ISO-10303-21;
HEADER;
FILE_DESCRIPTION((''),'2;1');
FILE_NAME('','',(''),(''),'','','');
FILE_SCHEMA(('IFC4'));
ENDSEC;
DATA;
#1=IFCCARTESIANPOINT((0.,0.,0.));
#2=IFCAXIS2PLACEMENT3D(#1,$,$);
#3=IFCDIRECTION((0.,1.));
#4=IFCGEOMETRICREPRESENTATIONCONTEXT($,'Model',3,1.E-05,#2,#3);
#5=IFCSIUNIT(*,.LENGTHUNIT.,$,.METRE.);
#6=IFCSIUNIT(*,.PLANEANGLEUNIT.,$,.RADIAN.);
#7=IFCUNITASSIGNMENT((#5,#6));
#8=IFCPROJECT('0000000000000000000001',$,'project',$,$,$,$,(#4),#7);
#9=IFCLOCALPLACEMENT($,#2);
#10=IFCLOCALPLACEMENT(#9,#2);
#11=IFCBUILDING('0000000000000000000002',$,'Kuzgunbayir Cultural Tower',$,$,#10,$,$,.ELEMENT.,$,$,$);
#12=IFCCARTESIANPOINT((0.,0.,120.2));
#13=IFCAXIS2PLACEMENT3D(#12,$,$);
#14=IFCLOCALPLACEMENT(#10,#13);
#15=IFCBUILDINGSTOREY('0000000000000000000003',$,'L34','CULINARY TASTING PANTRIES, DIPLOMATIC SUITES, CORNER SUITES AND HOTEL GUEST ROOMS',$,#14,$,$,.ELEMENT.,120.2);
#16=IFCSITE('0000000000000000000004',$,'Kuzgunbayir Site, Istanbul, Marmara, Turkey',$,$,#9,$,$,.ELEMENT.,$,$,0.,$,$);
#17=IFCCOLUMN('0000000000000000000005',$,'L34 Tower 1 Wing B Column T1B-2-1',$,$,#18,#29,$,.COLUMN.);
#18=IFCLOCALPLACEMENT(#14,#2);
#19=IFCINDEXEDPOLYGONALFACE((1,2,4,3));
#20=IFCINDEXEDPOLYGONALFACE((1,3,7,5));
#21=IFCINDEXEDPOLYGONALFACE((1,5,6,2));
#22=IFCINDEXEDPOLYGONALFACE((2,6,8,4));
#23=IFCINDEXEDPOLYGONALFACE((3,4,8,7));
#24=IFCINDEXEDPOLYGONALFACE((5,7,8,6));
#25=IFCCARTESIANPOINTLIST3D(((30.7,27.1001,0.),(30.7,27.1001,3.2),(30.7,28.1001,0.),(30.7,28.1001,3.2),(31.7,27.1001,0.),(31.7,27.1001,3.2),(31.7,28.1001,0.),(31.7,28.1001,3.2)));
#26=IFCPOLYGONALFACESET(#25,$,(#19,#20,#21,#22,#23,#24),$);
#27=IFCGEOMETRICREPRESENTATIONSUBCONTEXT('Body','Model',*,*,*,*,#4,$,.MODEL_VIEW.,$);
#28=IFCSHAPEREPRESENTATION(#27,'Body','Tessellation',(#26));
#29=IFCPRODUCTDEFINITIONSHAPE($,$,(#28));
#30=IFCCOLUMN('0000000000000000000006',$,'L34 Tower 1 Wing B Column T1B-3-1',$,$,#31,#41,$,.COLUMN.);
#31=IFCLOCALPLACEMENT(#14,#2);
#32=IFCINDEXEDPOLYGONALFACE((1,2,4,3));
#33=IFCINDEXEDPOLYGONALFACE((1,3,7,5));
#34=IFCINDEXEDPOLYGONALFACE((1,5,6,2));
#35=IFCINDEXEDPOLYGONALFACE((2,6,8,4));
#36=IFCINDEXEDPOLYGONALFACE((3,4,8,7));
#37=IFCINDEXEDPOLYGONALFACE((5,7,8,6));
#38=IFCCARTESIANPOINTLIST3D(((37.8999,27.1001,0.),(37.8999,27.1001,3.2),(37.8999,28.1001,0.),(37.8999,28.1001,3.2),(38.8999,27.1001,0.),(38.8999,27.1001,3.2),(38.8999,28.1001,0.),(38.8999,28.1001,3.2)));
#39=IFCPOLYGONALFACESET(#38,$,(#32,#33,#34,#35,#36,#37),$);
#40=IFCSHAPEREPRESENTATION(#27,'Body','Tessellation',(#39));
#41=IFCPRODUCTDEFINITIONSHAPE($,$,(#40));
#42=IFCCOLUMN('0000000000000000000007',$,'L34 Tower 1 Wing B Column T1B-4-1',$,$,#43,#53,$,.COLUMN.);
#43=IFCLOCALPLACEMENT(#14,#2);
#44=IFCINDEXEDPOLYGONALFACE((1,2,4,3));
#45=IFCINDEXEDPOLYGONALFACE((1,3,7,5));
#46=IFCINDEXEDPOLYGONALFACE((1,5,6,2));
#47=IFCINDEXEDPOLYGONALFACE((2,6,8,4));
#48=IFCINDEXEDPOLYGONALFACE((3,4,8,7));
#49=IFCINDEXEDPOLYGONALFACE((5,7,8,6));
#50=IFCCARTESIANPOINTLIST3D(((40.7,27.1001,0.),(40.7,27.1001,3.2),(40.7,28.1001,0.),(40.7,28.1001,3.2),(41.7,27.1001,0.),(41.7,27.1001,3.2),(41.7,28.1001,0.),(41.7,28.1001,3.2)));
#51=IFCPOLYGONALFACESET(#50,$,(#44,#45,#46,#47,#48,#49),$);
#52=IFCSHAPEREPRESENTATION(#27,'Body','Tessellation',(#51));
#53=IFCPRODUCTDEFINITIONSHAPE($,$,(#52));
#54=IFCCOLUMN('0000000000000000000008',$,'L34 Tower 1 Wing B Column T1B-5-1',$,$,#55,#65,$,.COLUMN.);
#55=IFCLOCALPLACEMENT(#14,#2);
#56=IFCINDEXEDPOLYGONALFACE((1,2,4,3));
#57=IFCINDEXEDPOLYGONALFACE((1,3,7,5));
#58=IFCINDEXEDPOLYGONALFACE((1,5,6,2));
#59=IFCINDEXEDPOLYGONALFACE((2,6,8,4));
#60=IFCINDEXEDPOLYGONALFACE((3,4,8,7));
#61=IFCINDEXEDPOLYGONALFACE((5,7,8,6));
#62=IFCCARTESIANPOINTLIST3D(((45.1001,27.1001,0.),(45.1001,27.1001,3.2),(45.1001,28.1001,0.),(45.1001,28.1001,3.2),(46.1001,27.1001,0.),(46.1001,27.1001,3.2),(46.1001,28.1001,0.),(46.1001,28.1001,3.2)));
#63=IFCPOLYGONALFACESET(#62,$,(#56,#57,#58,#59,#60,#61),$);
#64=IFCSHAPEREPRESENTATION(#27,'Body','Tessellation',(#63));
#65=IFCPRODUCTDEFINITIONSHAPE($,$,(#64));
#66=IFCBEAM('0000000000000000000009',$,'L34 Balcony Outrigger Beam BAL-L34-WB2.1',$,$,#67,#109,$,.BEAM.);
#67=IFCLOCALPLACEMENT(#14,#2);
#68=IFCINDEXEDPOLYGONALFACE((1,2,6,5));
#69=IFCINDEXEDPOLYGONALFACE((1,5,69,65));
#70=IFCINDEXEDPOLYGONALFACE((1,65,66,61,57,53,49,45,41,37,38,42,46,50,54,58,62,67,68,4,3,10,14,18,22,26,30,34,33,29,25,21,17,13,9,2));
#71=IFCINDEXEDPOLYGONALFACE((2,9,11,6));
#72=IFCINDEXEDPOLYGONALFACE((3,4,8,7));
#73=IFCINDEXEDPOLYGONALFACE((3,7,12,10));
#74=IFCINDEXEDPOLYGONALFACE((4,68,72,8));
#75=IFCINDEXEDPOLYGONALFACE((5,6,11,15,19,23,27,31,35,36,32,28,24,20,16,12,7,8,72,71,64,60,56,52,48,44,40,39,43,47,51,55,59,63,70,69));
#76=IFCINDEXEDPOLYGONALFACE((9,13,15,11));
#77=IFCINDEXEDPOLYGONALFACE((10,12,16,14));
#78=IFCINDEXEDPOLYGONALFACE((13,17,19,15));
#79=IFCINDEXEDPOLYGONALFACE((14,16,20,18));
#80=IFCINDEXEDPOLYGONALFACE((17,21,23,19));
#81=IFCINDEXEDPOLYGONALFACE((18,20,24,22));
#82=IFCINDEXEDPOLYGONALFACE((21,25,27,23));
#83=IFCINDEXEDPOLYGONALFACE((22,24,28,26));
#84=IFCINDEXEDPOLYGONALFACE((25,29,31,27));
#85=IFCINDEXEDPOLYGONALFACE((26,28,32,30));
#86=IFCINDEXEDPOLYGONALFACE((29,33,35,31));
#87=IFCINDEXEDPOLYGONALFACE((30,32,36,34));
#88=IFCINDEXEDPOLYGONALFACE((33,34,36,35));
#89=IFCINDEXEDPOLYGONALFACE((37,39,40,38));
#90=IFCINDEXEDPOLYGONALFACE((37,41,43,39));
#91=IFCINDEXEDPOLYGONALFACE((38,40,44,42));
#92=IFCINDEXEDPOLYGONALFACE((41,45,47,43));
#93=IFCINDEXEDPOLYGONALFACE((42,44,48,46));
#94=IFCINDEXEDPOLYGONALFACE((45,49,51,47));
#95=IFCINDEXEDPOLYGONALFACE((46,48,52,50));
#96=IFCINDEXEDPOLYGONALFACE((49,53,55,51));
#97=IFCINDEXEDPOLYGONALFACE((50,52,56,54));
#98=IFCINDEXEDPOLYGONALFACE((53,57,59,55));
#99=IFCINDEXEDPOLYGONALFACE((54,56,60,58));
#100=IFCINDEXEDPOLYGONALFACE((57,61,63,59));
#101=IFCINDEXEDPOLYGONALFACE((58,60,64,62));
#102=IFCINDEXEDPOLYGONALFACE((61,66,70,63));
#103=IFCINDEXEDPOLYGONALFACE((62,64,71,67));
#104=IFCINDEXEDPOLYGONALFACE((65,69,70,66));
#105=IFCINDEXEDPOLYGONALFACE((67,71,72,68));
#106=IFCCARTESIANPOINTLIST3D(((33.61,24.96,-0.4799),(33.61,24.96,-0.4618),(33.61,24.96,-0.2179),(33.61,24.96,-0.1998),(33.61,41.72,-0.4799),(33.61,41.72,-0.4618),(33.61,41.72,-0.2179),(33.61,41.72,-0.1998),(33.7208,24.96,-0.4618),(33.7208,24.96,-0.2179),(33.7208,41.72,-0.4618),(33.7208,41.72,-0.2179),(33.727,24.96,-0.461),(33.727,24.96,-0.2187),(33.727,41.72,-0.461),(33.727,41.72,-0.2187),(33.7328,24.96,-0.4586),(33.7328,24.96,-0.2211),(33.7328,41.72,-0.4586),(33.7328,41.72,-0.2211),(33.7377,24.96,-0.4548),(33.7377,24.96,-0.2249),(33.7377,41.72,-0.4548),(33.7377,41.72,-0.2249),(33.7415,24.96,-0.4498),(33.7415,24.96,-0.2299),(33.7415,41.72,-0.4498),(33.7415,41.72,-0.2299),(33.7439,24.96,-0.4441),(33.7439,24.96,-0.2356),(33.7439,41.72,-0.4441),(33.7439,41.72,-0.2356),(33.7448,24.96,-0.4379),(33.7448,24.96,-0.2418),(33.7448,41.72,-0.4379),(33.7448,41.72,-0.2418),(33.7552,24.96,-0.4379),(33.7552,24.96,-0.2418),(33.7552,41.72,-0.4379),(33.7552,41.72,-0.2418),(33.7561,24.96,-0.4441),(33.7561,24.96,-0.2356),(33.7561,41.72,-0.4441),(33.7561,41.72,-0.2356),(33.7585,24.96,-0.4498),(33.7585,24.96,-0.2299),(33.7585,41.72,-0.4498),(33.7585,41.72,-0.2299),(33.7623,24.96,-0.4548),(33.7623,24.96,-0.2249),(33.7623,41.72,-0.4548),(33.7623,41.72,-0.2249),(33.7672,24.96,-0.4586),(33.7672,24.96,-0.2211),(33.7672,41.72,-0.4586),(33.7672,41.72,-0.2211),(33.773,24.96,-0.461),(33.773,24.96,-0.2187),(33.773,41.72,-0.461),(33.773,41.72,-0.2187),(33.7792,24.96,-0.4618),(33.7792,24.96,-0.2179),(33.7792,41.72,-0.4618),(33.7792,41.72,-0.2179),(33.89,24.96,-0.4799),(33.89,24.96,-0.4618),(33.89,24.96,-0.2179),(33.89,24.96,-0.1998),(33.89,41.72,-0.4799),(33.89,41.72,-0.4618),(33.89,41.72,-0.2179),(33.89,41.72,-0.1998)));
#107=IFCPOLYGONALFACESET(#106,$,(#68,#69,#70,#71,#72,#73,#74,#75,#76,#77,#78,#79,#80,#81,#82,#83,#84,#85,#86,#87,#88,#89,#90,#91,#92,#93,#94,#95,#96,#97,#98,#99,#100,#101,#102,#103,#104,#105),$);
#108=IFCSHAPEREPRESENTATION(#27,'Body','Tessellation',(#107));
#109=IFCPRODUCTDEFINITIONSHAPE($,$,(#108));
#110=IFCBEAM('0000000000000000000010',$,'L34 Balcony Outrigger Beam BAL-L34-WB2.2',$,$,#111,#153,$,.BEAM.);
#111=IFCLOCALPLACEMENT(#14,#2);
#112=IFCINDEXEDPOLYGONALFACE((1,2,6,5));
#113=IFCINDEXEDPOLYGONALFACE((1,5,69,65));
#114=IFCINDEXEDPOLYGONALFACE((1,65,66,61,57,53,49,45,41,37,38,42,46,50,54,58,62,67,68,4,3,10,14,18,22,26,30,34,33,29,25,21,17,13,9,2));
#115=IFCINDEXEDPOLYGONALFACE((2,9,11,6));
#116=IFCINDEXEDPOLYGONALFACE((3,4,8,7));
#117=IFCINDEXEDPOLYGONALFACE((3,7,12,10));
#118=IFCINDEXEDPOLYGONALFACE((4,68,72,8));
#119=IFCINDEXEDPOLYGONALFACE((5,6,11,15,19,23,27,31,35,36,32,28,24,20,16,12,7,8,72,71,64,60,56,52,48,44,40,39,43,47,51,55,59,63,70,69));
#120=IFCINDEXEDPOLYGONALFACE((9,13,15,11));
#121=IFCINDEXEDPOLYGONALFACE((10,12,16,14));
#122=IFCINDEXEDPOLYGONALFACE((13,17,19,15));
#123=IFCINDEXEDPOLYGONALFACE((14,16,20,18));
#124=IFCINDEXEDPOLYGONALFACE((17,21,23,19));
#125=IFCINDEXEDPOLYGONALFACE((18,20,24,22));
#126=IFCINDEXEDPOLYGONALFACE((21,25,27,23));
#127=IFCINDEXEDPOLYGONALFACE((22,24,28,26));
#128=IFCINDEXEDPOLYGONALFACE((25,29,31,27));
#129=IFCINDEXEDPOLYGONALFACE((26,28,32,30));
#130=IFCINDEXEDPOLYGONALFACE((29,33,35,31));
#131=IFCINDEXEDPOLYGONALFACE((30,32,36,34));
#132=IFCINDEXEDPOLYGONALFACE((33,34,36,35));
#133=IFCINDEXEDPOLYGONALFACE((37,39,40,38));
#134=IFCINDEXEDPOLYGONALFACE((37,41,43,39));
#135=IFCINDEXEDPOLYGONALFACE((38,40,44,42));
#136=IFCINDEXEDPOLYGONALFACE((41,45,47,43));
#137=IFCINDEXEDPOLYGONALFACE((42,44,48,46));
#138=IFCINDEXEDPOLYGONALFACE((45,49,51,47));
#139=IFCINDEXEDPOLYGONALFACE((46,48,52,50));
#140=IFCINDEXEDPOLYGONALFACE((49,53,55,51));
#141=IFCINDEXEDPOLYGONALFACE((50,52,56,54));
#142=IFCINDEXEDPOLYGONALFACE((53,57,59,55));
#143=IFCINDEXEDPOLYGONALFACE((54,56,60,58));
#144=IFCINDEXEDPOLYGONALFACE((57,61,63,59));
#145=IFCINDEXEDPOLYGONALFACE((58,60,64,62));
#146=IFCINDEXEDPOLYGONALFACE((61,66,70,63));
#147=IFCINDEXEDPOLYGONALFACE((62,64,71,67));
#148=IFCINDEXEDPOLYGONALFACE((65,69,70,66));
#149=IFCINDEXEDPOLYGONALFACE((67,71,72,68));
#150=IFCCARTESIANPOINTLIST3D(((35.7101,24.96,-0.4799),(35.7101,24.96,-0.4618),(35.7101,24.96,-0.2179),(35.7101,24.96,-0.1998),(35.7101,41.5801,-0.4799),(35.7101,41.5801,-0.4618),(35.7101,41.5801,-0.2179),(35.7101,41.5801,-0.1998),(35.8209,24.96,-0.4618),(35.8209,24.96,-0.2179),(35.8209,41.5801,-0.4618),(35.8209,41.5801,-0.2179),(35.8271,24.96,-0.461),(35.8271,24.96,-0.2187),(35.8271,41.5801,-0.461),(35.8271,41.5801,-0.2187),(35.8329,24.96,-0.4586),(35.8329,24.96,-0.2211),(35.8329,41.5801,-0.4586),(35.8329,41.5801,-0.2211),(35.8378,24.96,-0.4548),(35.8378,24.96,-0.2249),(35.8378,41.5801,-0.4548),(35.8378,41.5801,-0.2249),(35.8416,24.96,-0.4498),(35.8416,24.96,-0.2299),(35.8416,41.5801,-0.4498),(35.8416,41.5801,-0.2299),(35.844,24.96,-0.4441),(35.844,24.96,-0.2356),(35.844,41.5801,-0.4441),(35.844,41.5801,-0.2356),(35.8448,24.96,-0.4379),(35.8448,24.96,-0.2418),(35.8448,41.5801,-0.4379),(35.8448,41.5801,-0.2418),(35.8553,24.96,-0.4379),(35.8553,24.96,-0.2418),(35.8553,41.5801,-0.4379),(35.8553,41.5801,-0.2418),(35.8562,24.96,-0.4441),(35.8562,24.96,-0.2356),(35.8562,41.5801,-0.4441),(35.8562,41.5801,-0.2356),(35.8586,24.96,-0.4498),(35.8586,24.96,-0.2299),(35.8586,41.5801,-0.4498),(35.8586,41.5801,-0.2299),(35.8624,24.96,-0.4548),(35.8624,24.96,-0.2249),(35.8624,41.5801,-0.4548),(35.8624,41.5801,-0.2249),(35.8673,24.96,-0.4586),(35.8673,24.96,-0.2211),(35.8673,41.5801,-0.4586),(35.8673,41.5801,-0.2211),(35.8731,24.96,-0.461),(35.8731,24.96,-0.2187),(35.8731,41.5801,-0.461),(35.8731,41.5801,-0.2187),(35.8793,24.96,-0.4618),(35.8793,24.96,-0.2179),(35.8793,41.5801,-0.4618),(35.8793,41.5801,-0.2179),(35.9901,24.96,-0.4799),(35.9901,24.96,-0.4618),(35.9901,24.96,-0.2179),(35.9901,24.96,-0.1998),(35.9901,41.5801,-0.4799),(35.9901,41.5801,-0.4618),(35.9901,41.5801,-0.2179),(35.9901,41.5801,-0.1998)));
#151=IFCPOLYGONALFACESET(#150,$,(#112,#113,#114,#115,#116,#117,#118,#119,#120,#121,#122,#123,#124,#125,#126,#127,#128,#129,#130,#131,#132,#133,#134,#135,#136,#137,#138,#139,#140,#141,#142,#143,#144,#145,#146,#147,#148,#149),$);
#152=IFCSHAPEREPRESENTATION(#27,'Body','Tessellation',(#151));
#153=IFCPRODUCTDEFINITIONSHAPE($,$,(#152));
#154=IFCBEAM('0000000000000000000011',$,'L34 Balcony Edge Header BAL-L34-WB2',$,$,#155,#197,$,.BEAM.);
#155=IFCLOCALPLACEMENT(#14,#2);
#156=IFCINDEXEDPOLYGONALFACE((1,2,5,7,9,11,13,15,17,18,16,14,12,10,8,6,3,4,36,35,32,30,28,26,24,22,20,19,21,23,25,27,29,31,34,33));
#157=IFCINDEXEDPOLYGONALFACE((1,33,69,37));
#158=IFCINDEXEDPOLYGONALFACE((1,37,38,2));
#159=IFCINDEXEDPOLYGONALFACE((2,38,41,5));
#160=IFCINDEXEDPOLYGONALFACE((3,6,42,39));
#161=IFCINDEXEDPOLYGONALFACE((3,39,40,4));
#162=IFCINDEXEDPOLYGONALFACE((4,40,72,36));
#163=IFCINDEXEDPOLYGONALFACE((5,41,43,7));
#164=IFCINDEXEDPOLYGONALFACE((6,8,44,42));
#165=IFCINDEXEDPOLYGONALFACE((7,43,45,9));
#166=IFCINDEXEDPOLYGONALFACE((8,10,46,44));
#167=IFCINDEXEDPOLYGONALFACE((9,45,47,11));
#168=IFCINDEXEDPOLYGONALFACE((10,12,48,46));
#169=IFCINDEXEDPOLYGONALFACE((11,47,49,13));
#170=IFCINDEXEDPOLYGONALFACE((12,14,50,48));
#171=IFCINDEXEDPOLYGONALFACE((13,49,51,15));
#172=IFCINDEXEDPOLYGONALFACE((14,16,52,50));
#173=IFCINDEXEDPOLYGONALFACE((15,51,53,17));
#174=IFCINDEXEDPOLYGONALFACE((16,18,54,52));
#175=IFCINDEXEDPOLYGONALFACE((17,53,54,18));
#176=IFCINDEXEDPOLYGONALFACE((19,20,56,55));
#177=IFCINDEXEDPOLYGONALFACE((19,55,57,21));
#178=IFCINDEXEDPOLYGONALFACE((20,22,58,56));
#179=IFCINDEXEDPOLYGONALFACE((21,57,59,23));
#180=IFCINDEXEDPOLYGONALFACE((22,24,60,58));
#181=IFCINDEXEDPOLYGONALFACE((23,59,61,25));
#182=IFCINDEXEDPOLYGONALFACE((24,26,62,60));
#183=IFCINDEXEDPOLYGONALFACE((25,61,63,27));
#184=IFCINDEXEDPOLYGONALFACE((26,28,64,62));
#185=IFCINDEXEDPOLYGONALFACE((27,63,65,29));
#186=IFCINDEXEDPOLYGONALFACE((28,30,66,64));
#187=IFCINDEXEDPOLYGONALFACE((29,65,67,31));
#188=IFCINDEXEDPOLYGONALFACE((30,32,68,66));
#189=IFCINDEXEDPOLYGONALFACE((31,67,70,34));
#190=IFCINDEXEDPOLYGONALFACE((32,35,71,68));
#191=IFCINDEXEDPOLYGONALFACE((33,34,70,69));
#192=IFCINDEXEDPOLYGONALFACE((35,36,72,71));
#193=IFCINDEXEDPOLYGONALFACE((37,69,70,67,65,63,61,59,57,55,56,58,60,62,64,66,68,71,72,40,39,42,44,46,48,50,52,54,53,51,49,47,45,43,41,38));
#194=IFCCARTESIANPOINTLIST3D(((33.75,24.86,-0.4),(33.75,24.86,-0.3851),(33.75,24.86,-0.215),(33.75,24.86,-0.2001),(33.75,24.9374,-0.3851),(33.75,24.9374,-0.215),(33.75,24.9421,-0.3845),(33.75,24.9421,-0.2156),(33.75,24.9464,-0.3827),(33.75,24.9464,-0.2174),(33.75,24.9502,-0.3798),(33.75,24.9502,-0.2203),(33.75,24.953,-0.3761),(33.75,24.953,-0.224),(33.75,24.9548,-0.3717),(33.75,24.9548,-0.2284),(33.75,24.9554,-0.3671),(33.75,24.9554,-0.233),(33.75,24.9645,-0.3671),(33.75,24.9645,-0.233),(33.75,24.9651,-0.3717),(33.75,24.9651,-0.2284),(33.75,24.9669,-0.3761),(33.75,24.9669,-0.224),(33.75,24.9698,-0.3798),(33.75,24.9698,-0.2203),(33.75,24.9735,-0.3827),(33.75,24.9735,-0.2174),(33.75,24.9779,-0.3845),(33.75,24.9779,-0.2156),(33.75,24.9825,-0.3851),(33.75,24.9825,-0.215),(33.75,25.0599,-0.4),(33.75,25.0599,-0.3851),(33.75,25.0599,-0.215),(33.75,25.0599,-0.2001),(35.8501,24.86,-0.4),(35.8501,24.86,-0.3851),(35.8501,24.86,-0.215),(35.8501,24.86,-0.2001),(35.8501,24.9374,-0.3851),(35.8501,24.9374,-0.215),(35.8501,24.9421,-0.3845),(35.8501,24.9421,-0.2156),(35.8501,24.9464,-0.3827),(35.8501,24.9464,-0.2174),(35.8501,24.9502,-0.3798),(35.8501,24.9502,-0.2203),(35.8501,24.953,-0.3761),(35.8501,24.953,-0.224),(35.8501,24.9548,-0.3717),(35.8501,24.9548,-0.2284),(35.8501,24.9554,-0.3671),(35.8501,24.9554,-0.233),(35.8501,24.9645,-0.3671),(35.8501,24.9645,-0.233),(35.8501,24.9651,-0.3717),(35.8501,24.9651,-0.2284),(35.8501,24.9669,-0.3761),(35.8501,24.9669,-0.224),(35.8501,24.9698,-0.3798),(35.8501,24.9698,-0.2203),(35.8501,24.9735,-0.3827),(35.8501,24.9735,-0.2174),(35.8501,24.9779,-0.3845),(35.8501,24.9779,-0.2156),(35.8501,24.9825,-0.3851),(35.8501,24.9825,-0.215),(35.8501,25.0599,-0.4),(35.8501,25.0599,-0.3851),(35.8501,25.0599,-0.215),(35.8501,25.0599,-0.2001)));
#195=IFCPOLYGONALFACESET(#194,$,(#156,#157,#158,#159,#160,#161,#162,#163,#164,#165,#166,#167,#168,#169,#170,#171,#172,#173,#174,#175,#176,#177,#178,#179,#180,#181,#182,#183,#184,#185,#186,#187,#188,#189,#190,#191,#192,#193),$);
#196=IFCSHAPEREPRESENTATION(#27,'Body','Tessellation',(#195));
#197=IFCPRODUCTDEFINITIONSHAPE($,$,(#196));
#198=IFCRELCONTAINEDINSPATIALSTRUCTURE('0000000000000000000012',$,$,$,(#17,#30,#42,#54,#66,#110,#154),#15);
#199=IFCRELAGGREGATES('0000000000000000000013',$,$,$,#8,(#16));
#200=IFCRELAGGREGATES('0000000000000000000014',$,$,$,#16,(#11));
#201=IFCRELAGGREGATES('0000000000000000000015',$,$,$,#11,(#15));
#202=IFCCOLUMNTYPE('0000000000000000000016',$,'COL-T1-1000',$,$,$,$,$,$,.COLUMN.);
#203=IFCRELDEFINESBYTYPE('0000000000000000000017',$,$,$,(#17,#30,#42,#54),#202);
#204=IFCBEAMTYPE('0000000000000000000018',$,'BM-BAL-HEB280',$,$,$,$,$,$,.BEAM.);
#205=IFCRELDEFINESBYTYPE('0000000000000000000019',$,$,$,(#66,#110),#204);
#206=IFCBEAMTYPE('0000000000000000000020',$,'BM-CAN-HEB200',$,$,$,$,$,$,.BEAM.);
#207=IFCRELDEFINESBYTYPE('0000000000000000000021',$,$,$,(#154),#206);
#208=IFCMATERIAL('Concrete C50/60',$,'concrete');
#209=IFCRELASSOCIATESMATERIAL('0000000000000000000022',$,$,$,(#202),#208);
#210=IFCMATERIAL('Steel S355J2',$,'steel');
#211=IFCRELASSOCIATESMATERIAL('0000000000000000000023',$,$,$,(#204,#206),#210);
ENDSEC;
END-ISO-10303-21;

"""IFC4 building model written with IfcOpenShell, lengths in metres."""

from ifc_helpers import new_model, si_unit, direction, frame, origin, origin_2d, place, context, subcontext, project, spatial, rectangle, i_section, extrude, material, material_profile, profile_set, type_object, element, save


model = new_model("IFC4")

# Units and contexts
model_context = context("Model", 3, precision=1e-05, world=origin(), true_north=direction((0.0, 1.0)))
body_context = subcontext(model_context, "Body", "Model", "MODEL_VIEW")
ifc_project = project(units=[si_unit("LENGTHUNIT", "METRE"), si_unit("PLANEANGLEUNIT", "RADIAN")], contexts=[model_context])

# Site, building, storey
site_placement = place(None, origin())
site = spatial("IfcSite", under=ifc_project, at=site_placement, Name="Kuzgunbayir Site, Istanbul, Marmara, Turkey", CompositionType="ELEMENT", RefElevation=0.0)
building_placement = place(site_placement, origin())
building = spatial("IfcBuilding", under=site, at=building_placement, Name="Kuzgunbayir Cultural Tower", CompositionType="ELEMENT")
storey_placement = place(building_placement, frame((0.0, 0.0, 120.2)))
storey = spatial("IfcBuildingStorey", under=building, at=storey_placement, Name="L34", Description="CULINARY TASTING PANTRIES, DIPLOMATIC SUITES, CORNER SUITES AND HOTEL GUEST ROOMS", CompositionType="ELEMENT", Elevation=120.2)

# Columns
ifc_material_1 = material(Name="Concrete C50/60", Category="concrete")
ifc_material_profile_1 = material_profile(ifc_material_1, rectangle(XDim=1.0, YDim=1.0, at=origin_2d()), Name="RC 1000x1000")
ifc_profile_set_1 = profile_set([ifc_material_profile_1], Name="Concrete C50/60")
column_type = type_object("IfcColumnType", Name="COL-T1-1000", PredefinedType="COLUMN", material=ifc_profile_set_1)
for number, where, z_axis, x_axis, name in (
    (1, (31.2, 27.6001, 0.0), (0.0, 0.0, 1.0), (1.0, 0.0, 0.0), "L34 Tower 1 Wing B Column T1B-2-1"),
    (2, (38.3999, 27.6001, 0.0), (0.0, 0.0, 1.0), (1.0, 0.0, 0.0), "L34 Tower 1 Wing B Column T1B-3-1"),
    (3, (41.2, 27.6001, 0.0), (0.0, 0.0, 1.0), (1.0, 0.0, 0.0), "L34 Tower 1 Wing B Column T1B-4-1"),
    (4, (45.6001, 27.6001, 0.0), (0.0, 0.0, 1.0), (1.0, 0.0, 0.0), "L34 Tower 1 Wing B Column T1B-5-1"),
):
    element("IfcColumn", number, at=place(storey_placement, frame(where, z_axis=z_axis, x_axis=x_axis)), inside=storey, type_object=column_type, Name=name, PredefinedType="COLUMN", context=body_context, shape_type="SweptSolid", body=[
        extrude(rectangle(XDim=1.0, YDim=1.0, at=origin_2d()), origin(), (0.0, 0.0, 1.0), 3.2),
    ])

# Beams
ifc_material_2 = material(Name="Steel S355J2", Category="steel")
ifc_material_profile_2 = material_profile(ifc_material_2, i_section(OverallWidth=0.28, OverallDepth=0.28, WebThickness=0.0105, FlangeThickness=0.0181, FilletRadius=0.0239, at=origin_2d()), Name="HEB 280")
ifc_profile_set_2 = profile_set([ifc_material_profile_2], Name="Steel S355J2")
beam_type_1 = type_object("IfcBeamType", Name="BM-BAL-HEB280", PredefinedType="BEAM", material=ifc_profile_set_2)
beam_1_placement = place(storey_placement, frame((33.75, 24.96, -0.3398), z_axis=(0.0, 1.0, 0.0), x_axis=(-1.0, 0.0, 0.0)))
element("IfcBeam", 5, at=beam_1_placement, inside=storey, type_object=beam_type_1, Name="L34 Balcony Outrigger Beam BAL-L34-WB2.1", PredefinedType="BEAM", context=body_context, shape_type="SweptSolid", body=[
    extrude(i_section(OverallWidth=0.28, OverallDepth=0.28, WebThickness=0.0105, FlangeThickness=0.0181, FilletRadius=0.0239, at=origin_2d()), origin(), (0.0, 0.0, 1.0), 16.76),
])
beam_2_placement = place(storey_placement, frame((35.8501, 24.96, -0.3398), z_axis=(0.0, 1.0, 0.0), x_axis=(-1.0, 0.0, 0.0)))
element("IfcBeam", 6, at=beam_2_placement, inside=storey, type_object=beam_type_1, Name="L34 Balcony Outrigger Beam BAL-L34-WB2.2", PredefinedType="BEAM", context=body_context, shape_type="SweptSolid", body=[
    extrude(i_section(OverallWidth=0.28, OverallDepth=0.28, WebThickness=0.0105, FlangeThickness=0.0181, FilletRadius=0.0239, at=origin_2d()), origin(), (0.0, 0.0, 1.0), 16.6201),
])
ifc_material_profile_3 = material_profile(ifc_material_2, i_section(OverallWidth=0.2, OverallDepth=0.2, WebThickness=0.009, FlangeThickness=0.0149, FilletRadius=0.0181, at=origin_2d()), Name="HEB 200")
ifc_profile_set_3 = profile_set([ifc_material_profile_3], Name="Steel S355J2")
beam_type_2 = type_object("IfcBeamType", Name="BM-CAN-HEB200", PredefinedType="BEAM", material=ifc_profile_set_3)
beam_3_placement = place(storey_placement, frame((33.75, 24.96, -0.3), z_axis=(1.0, 0.0, 0.0), x_axis=(0.0, 1.0, 0.0)))
element("IfcBeam", 7, at=beam_3_placement, inside=storey, type_object=beam_type_2, Name="L34 Balcony Edge Header BAL-L34-WB2", PredefinedType="BEAM", context=body_context, shape_type="SweptSolid", body=[
    extrude(i_section(OverallWidth=0.2, OverallDepth=0.2, WebThickness=0.009, FlangeThickness=0.0149, FilletRadius=0.0181, at=origin_2d()), origin(), (0.0, 0.0, 1.0), 2.1001),
])

save(model, "model.ifc")
